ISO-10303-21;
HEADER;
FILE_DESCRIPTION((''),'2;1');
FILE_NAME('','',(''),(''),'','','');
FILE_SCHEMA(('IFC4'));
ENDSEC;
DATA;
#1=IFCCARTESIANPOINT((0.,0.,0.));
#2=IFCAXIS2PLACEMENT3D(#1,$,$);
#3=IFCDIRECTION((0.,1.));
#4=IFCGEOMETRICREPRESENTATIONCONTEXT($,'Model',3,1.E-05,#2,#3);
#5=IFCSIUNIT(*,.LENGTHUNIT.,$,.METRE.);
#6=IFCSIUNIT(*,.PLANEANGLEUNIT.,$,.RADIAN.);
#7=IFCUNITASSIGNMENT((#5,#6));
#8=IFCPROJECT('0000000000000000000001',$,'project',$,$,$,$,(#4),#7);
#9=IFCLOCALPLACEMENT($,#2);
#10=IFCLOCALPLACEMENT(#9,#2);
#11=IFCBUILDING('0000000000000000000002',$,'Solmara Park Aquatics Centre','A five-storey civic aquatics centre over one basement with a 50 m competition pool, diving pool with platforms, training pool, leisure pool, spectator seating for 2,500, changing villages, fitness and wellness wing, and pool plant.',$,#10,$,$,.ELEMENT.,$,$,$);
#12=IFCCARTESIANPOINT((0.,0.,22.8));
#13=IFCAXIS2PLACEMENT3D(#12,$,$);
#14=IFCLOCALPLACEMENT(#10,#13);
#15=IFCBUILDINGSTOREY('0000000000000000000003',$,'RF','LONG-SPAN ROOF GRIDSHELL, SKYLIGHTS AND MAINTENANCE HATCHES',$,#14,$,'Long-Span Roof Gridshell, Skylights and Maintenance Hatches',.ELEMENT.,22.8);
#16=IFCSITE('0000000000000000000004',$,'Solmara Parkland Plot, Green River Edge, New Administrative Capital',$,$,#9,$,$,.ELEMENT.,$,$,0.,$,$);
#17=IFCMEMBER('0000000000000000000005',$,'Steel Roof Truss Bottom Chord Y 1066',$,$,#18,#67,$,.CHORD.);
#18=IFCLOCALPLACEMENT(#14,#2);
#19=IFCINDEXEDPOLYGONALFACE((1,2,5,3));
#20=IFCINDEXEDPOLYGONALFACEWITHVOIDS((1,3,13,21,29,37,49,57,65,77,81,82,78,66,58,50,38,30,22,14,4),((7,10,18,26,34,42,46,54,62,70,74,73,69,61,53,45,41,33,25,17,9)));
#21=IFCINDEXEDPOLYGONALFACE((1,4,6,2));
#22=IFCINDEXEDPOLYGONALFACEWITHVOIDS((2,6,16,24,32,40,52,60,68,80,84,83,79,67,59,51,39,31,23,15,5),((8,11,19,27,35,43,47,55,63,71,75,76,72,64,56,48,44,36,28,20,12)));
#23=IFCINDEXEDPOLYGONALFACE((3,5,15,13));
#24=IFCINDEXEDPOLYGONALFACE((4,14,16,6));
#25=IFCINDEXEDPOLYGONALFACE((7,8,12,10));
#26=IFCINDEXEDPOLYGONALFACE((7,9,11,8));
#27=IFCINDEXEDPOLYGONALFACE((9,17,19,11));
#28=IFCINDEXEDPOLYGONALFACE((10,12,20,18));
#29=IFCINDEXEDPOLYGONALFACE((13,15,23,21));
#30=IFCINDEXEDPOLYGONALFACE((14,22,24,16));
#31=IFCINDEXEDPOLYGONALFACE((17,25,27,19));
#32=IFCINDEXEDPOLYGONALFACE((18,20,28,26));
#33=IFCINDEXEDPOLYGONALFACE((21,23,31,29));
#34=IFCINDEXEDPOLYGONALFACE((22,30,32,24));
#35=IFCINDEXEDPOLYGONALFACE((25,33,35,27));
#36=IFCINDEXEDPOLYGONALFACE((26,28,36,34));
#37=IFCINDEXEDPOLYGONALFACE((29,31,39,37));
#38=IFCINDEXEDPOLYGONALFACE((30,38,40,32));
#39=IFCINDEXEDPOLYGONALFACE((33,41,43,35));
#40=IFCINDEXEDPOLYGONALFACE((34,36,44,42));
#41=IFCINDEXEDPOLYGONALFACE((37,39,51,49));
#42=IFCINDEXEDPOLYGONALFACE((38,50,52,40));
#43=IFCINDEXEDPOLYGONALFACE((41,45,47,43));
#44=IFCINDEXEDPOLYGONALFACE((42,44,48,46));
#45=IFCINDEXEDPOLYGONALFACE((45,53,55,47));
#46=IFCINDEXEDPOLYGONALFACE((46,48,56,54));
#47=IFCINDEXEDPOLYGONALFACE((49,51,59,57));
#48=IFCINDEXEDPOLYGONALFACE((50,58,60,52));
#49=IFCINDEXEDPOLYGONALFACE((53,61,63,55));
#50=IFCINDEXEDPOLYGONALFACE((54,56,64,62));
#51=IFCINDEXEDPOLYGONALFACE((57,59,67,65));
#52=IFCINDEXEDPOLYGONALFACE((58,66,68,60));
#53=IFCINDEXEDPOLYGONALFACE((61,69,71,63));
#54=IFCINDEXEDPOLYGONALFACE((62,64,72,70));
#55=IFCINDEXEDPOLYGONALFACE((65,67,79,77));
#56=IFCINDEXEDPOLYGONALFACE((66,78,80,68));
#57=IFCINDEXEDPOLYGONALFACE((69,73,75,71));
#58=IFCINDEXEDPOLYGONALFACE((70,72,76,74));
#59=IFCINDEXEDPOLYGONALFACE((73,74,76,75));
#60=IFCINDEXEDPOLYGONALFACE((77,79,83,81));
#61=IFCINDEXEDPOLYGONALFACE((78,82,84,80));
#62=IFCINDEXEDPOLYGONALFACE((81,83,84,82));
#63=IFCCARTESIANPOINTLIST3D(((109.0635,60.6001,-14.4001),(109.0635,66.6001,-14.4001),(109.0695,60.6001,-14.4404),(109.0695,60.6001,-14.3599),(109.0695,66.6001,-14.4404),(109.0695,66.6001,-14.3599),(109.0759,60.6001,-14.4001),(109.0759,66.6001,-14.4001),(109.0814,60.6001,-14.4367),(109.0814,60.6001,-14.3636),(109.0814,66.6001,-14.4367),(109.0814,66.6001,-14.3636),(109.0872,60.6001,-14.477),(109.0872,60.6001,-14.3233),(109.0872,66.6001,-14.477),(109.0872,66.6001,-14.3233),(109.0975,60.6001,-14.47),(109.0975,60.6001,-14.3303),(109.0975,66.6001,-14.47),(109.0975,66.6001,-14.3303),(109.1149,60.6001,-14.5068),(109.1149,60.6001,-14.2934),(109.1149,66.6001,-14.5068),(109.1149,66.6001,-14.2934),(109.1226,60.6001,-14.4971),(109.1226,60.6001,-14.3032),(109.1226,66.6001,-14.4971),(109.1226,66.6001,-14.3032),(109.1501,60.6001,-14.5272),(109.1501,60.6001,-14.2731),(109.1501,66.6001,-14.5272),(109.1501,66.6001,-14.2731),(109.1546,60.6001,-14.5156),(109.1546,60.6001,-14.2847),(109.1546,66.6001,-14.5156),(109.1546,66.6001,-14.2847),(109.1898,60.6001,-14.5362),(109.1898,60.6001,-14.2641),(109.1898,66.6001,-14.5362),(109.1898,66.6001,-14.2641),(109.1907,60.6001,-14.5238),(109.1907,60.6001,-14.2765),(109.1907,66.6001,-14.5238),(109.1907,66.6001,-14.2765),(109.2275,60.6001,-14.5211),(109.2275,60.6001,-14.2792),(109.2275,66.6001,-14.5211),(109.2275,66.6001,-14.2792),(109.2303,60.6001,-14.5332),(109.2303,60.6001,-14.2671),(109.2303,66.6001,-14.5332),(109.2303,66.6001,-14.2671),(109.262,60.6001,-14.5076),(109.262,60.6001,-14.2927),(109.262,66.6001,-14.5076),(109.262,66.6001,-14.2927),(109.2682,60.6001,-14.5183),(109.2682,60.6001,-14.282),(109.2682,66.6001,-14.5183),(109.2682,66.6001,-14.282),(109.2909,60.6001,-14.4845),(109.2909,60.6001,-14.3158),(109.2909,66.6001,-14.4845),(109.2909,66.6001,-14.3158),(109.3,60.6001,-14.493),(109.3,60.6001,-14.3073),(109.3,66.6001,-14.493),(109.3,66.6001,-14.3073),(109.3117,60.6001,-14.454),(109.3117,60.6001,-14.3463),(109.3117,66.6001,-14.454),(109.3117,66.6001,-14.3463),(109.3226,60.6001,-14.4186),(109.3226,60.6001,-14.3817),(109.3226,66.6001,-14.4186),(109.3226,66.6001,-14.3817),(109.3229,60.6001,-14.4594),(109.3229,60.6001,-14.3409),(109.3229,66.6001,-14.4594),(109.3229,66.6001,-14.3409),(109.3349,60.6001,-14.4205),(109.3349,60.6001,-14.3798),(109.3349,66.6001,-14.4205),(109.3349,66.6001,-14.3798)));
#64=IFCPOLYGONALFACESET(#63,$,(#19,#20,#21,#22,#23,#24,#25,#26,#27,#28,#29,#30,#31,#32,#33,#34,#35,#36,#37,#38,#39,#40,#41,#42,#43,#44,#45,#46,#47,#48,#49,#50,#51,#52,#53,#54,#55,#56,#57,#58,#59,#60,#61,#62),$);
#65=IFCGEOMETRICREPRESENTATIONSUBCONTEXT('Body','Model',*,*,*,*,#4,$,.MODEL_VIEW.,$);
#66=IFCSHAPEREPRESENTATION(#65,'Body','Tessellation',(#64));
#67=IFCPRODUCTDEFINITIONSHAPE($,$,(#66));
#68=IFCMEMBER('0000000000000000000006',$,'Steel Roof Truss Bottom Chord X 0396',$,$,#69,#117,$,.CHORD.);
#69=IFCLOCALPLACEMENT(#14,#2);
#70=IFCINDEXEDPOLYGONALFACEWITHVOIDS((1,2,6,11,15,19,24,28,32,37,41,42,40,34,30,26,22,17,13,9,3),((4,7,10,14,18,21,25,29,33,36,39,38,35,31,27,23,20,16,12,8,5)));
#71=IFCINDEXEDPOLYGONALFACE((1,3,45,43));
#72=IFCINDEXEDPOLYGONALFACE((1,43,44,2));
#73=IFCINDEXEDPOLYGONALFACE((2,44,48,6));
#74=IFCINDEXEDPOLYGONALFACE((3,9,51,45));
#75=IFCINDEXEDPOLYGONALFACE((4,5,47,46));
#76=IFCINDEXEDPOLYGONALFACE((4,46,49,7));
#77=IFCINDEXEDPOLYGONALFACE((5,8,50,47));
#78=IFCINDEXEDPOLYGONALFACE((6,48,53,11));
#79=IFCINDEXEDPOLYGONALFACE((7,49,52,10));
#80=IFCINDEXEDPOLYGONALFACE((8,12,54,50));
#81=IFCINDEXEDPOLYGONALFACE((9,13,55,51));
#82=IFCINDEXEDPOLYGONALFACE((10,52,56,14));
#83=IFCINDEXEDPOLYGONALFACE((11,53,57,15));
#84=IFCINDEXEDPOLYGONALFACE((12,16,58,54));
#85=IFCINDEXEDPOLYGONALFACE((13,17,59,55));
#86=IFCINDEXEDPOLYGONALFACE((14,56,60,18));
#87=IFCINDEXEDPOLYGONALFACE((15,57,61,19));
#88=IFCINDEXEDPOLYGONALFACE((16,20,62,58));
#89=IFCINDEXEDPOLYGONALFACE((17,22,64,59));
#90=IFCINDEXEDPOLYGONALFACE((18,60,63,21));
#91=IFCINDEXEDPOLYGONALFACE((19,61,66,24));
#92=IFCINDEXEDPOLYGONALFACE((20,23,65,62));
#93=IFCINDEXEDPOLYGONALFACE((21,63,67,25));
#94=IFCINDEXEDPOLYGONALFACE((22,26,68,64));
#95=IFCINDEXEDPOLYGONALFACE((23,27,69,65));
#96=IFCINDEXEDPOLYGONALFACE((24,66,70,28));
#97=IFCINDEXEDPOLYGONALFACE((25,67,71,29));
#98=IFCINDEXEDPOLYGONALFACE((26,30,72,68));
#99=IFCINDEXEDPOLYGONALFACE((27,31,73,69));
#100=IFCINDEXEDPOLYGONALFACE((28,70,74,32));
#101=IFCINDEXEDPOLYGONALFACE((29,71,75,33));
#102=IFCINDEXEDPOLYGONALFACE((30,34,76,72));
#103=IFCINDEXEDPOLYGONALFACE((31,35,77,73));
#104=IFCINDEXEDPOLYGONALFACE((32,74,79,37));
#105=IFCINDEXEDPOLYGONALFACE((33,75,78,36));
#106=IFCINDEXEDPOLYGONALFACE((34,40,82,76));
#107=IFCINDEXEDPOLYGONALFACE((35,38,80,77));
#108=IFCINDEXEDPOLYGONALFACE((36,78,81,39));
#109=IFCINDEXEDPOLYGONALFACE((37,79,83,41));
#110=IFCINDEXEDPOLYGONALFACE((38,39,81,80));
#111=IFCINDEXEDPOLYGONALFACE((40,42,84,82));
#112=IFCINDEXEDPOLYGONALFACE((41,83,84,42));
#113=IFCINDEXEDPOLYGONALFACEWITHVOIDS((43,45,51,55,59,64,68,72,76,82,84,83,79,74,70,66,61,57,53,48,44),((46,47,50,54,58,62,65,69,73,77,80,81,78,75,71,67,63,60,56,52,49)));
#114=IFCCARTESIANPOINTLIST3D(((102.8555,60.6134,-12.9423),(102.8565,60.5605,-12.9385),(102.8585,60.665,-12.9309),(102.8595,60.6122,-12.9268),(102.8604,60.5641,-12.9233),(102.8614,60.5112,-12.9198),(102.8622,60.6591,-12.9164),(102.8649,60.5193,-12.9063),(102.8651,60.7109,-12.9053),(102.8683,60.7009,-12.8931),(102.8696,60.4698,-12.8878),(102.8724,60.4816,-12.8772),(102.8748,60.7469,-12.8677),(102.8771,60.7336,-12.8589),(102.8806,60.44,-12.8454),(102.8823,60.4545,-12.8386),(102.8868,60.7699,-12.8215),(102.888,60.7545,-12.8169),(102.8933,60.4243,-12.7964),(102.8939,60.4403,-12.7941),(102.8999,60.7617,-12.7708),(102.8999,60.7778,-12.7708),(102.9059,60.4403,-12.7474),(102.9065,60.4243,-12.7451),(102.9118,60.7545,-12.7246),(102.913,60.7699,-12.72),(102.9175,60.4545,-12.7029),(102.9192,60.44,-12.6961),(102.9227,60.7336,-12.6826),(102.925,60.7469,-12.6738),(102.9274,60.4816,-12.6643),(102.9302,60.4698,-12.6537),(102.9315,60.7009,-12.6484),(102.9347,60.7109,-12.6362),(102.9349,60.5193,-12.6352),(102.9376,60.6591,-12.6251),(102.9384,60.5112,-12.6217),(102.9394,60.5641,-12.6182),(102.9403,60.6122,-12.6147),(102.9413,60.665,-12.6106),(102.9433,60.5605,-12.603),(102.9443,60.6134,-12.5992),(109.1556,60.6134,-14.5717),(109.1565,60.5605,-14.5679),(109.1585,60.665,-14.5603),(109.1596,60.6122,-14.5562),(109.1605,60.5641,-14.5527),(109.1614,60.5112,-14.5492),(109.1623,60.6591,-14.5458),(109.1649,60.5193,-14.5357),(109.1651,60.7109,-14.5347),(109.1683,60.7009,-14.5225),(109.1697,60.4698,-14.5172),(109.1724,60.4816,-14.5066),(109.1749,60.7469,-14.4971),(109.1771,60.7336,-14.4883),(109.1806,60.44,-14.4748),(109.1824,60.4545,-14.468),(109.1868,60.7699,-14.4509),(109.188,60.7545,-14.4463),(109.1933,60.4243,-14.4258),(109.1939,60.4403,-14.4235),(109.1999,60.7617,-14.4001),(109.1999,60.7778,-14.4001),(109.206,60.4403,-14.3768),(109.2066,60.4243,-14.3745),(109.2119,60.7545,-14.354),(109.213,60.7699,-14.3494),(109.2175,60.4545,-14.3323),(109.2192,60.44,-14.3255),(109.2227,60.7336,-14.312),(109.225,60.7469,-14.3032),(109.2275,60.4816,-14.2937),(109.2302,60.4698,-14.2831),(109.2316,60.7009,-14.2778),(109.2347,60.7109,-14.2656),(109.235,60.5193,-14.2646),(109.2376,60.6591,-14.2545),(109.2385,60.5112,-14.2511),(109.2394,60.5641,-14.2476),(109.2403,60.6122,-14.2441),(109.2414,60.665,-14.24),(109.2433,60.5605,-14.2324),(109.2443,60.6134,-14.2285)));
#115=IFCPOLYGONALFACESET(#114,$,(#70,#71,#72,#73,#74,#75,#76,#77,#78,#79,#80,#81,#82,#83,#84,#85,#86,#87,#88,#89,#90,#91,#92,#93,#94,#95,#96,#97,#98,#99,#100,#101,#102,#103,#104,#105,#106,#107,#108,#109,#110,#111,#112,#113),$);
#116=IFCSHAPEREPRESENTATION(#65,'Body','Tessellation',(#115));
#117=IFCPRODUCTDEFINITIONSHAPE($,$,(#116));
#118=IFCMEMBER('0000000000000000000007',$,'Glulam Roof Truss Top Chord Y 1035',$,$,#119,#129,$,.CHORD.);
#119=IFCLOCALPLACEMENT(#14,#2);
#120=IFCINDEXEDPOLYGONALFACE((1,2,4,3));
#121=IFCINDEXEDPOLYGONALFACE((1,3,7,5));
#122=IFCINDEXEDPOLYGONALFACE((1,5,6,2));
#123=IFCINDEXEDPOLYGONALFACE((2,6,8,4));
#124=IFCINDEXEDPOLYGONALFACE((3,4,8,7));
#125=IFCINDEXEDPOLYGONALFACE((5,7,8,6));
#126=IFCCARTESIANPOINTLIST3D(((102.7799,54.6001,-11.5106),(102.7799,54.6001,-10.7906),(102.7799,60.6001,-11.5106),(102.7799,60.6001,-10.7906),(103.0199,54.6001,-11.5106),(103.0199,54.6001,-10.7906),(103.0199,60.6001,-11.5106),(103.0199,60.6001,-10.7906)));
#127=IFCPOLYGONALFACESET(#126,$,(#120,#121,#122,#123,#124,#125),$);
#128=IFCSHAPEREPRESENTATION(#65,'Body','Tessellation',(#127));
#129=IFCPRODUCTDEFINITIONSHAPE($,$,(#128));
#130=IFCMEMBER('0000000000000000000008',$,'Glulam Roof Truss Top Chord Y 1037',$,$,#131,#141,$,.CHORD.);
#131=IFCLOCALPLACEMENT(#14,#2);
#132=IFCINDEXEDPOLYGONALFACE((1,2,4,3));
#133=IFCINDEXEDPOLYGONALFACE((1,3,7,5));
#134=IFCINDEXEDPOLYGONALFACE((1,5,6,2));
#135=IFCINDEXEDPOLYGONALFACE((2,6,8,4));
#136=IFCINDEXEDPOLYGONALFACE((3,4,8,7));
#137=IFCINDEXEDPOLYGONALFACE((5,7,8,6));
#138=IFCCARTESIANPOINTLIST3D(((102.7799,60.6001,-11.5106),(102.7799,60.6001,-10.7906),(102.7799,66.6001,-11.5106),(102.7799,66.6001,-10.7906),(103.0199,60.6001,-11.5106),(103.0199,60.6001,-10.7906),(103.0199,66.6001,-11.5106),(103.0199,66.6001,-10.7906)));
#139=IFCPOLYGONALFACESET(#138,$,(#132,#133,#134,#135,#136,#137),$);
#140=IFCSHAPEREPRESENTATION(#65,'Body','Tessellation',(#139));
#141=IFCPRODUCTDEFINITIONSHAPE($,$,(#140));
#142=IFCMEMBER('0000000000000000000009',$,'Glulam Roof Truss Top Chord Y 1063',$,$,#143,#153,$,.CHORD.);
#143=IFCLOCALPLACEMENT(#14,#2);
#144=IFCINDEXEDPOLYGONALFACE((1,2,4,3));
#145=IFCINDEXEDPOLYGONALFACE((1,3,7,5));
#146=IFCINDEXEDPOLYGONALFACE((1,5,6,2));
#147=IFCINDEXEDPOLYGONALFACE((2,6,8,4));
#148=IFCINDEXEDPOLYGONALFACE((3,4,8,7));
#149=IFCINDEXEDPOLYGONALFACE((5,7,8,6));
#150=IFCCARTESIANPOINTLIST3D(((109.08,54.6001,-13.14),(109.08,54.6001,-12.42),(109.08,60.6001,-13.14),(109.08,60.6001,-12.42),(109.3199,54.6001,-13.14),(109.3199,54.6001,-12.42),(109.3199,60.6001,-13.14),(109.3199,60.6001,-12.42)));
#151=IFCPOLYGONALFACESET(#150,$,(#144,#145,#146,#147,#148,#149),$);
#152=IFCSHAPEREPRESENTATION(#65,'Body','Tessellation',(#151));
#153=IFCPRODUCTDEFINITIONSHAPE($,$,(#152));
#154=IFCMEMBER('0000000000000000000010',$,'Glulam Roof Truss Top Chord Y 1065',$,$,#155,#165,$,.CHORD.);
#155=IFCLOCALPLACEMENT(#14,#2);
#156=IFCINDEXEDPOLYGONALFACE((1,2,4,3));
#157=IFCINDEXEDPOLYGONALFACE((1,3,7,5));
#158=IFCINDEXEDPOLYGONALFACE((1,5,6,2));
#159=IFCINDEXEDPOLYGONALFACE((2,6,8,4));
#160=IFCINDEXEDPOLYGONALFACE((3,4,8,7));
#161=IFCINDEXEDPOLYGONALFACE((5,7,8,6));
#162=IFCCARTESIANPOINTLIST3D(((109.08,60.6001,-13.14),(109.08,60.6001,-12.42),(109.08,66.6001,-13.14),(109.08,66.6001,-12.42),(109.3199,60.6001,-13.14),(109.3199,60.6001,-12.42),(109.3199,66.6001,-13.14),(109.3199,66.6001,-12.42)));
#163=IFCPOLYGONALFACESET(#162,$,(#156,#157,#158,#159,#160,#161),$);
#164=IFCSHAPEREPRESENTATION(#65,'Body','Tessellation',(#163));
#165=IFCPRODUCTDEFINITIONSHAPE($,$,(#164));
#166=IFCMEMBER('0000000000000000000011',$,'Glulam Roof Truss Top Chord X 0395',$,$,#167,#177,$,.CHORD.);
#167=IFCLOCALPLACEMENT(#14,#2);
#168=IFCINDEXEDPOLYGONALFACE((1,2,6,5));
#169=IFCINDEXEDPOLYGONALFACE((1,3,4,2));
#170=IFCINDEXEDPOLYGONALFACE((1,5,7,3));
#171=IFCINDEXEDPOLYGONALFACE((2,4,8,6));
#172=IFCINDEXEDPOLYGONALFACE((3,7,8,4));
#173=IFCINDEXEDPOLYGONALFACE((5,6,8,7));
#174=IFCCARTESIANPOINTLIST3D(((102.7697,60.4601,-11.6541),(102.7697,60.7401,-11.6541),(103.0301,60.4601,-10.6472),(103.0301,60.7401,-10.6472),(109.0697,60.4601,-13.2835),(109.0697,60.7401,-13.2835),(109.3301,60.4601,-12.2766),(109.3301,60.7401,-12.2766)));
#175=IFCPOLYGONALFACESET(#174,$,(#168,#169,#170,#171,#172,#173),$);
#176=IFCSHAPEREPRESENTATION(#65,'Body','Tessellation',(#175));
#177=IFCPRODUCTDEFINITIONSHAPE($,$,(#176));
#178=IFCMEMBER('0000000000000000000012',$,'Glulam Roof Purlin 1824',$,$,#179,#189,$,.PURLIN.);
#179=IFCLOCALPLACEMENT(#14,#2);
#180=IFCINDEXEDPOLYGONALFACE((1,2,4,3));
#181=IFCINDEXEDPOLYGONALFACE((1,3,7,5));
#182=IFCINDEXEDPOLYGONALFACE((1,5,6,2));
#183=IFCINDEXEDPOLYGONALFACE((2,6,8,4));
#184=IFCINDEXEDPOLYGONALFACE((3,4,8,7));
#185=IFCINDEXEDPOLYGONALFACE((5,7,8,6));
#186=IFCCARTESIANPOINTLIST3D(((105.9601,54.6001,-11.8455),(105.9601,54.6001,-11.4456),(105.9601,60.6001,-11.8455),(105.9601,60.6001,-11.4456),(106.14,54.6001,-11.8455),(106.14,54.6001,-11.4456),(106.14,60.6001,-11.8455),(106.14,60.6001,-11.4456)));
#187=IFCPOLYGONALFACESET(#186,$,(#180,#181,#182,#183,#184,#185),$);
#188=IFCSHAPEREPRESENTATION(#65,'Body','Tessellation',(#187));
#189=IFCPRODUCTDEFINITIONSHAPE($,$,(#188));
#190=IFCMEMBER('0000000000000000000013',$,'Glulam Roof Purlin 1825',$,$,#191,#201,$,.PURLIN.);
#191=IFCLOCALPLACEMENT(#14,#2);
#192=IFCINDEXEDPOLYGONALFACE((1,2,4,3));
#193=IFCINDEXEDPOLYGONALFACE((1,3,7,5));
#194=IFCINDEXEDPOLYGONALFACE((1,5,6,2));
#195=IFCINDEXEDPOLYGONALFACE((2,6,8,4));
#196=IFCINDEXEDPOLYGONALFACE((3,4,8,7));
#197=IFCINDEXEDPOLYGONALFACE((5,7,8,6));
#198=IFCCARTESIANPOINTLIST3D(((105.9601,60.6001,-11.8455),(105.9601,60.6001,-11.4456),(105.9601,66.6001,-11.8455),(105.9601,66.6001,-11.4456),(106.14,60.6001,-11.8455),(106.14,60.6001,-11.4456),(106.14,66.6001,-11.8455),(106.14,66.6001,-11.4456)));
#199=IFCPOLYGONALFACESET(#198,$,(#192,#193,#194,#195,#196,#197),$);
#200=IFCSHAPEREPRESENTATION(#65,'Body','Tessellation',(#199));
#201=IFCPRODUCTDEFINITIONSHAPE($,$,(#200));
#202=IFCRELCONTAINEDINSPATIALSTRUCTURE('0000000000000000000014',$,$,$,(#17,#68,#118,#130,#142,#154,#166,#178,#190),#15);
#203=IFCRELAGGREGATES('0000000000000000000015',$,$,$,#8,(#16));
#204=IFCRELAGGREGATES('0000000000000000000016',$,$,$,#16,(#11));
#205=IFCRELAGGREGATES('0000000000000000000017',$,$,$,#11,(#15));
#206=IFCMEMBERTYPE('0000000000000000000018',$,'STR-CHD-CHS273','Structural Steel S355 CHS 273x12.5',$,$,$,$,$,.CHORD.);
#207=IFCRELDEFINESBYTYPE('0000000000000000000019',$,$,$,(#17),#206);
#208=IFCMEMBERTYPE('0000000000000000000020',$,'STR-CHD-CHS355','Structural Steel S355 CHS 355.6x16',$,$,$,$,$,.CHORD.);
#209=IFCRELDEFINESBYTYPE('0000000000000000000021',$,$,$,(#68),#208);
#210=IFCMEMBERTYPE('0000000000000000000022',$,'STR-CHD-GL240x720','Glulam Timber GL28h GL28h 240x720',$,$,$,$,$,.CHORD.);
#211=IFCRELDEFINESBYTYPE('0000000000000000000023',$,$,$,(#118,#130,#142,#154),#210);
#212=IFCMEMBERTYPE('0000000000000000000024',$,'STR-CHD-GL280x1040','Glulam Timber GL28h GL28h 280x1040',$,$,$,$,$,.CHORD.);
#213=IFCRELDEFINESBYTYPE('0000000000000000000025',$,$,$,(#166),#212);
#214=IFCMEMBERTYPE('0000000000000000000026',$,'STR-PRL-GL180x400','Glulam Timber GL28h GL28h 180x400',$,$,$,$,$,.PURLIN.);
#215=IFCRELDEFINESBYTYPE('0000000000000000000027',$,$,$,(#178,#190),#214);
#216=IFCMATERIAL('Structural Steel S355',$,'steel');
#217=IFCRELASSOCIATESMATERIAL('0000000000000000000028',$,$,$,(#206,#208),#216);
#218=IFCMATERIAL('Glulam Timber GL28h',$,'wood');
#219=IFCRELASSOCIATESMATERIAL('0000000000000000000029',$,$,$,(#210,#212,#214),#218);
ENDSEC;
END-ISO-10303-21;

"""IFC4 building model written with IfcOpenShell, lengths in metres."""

from ifc_helpers import new_model, si_unit, direction, frame, origin, origin_2d, place, context, subcontext, project, spatial, rectangle, hollow_circle, extrude, material, material_profile, profile_set, type_object, element, save


model = new_model("IFC4")

# Units and contexts
model_context = context("Model", 3, precision=1e-05, world=origin(), true_north=direction((0.0, 1.0)))
body_context = subcontext(model_context, "Body", "Model", "MODEL_VIEW")
ifc_project = project(units=[si_unit("LENGTHUNIT", "METRE"), si_unit("PLANEANGLEUNIT", "RADIAN")], contexts=[model_context])

# Site, building, storey
site_placement = place(None, origin())
site = spatial("IfcSite", under=ifc_project, at=site_placement, Name="Solmara Parkland Plot, Green River Edge, New Administrative Capital", CompositionType="ELEMENT", RefElevation=0.0)
building_placement = place(site_placement, origin())
building = spatial("IfcBuilding", under=site, at=building_placement, Name="Solmara Park Aquatics Centre", Description="A five-storey civic aquatics centre over one basement with a 50 m competition pool, diving pool with platforms, training pool, leisure pool, spectator seating for 2,500, changing villages, fitness and wellness wing, and pool plant.", CompositionType="ELEMENT")
storey_placement = place(building_placement, frame((0.0, 0.0, 22.8)))
storey = spatial("IfcBuildingStorey", under=building, at=storey_placement, Name="RF", Description="LONG-SPAN ROOF GRIDSHELL, SKYLIGHTS AND MAINTENANCE HATCHES", LongName="Long-Span Roof Gridshell, Skylights and Maintenance Hatches", CompositionType="ELEMENT", Elevation=22.8)

# Members
ifc_material_1 = material(Name="Structural Steel S355", Category="steel")
ifc_material_profile_1 = material_profile(ifc_material_1, hollow_circle(Radius=0.1365, WallThickness=0.0125, at=origin_2d()), Name="CHS 273x12.5")
ifc_profile_set_1 = profile_set([ifc_material_profile_1], Name="Structural Steel S355")
member_type_1 = type_object("IfcMemberType", Name="STR-CHD-CHS273", Description="Structural Steel S355 CHS 273x12.5", PredefinedType="CHORD", material=ifc_profile_set_1)
for number, where, z_axis, x_axis, name in (
    (1, (109.2, 60.6001, -14.4001), (0.0, 1.0, 0.0), (-1.0, 0.0, 0.0), "Steel Roof Truss Bottom Chord Y 1066"),
):
    element("IfcMember", number, at=place(storey_placement, frame(where, z_axis=z_axis, x_axis=x_axis)), inside=storey, type_object=member_type_1, Name=name, PredefinedType="CHORD", context=body_context, shape_type="SweptSolid", body=[
        extrude(hollow_circle(Radius=0.1365, WallThickness=0.0125, at=origin_2d()), origin(), (0.0, 0.0, 1.0), 6.0),
    ])
ifc_material_profile_2 = material_profile(ifc_material_1, hollow_circle(Radius=0.1777, WallThickness=0.0161, at=origin_2d()), Name="CHS 355.6x16")
ifc_profile_set_2 = profile_set([ifc_material_profile_2], Name="Structural Steel S355")
member_type_2 = type_object("IfcMemberType", Name="STR-CHD-CHS355", Description="Structural Steel S355 CHS 355.6x16", PredefinedType="CHORD", material=ifc_profile_set_2)
member_1_placement = place(storey_placement, frame((102.8999, 60.6001, -12.7708), z_axis=(0.968144, 0.0, -0.250393), x_axis=(0.0, 1.0, 0.0)))
element("IfcMember", 2, at=member_1_placement, inside=storey, type_object=member_type_2, Name="Steel Roof Truss Bottom Chord X 0396", PredefinedType="CHORD", context=body_context, shape_type="SweptSolid", body=[
    extrude(hollow_circle(Radius=0.1777, WallThickness=0.0161, at=origin_2d()), origin(), (0.0, 0.0, 1.0), 6.5073),
])
ifc_material_2 = material(Name="Glulam Timber GL28h", Category="wood")
ifc_material_profile_3 = material_profile(ifc_material_2, rectangle(XDim=0.24, YDim=0.72, at=origin_2d()), Name="GL28h 240x720")
ifc_profile_set_3 = profile_set([ifc_material_profile_3], Name="Glulam Timber GL28h")
member_type_3 = type_object("IfcMemberType", Name="STR-CHD-GL240x720", Description="Glulam Timber GL28h GL28h 240x720", PredefinedType="CHORD", material=ifc_profile_set_3)
for number, where, z_axis, x_axis, name in (
    (3, (102.8999, 54.6001, -11.1506), (0.0, 1.0, 0.0), (-1.0, 0.0, 0.0), "Glulam Roof Truss Top Chord Y 1035"),
    (4, (102.8999, 60.6001, -11.1506), (0.0, 1.0, 0.0), (-1.0, 0.0, 0.0), "Glulam Roof Truss Top Chord Y 1037"),
    (5, (109.2, 54.6001, -12.78), (0.0, 1.0, 0.0), (-1.0, 0.0, 0.0), "Glulam Roof Truss Top Chord Y 1063"),
    (6, (109.2, 60.6001, -12.78), (0.0, 1.0, 0.0), (-1.0, 0.0, 0.0), "Glulam Roof Truss Top Chord Y 1065"),
):
    element("IfcMember", number, at=place(storey_placement, frame(where, z_axis=z_axis, x_axis=x_axis)), inside=storey, type_object=member_type_3, Name=name, PredefinedType="CHORD", context=body_context, shape_type="SweptSolid", body=[
        extrude(rectangle(XDim=0.24, YDim=0.72, at=origin_2d()), origin(), (0.0, 0.0, 1.0), 6.0),
    ])
ifc_material_profile_4 = material_profile(ifc_material_2, rectangle(XDim=0.28, YDim=1.04, at=origin_2d()), Name="GL28h 280x1040")
ifc_profile_set_4 = profile_set([ifc_material_profile_4], Name="Glulam Timber GL28h")
member_type_4 = type_object("IfcMemberType", Name="STR-CHD-GL280x1040", Description="Glulam Timber GL28h GL28h 280x1040", PredefinedType="CHORD", material=ifc_profile_set_4)
member_2_placement = place(storey_placement, frame((102.8999, 60.6001, -11.1506), z_axis=(0.968144, 0.0, -0.250393), x_axis=(0.0, 1.0, 0.0)))
element("IfcMember", 7, at=member_2_placement, inside=storey, type_object=member_type_4, Name="Glulam Roof Truss Top Chord X 0395", PredefinedType="CHORD", context=body_context, shape_type="SweptSolid", body=[
    extrude(rectangle(XDim=0.28, YDim=1.04, at=origin_2d()), origin(), (0.0, 0.0, 1.0), 6.5073),
])
ifc_material_profile_5 = material_profile(ifc_material_2, rectangle(XDim=0.1799, YDim=0.3999, at=origin_2d()), Name="GL28h 180x400")
ifc_profile_set_5 = profile_set([ifc_material_profile_5], Name="Glulam Timber GL28h")
member_type_5 = type_object("IfcMemberType", Name="STR-PRL-GL180x400", Description="Glulam Timber GL28h GL28h 180x400", PredefinedType="PURLIN", material=ifc_profile_set_5)
for number, where, z_axis, x_axis, name in (
    (8, (106.05, 54.6001, -11.6455), (0.0, 1.0, 0.0), (-1.0, 0.0, 0.0), "Glulam Roof Purlin 1824"),
    (9, (106.05, 60.6001, -11.6455), (0.0, 1.0, 0.0), (-1.0, 0.0, 0.0), "Glulam Roof Purlin 1825"),
):
    element("IfcMember", number, at=place(storey_placement, frame(where, z_axis=z_axis, x_axis=x_axis)), inside=storey, type_object=member_type_5, Name=name, PredefinedType="PURLIN", context=body_context, shape_type="SweptSolid", body=[
        extrude(rectangle(XDim=0.1799, YDim=0.3999, at=origin_2d()), origin(), (0.0, 0.0, 1.0), 6.0),
    ])

save(model, "model.ifc")
